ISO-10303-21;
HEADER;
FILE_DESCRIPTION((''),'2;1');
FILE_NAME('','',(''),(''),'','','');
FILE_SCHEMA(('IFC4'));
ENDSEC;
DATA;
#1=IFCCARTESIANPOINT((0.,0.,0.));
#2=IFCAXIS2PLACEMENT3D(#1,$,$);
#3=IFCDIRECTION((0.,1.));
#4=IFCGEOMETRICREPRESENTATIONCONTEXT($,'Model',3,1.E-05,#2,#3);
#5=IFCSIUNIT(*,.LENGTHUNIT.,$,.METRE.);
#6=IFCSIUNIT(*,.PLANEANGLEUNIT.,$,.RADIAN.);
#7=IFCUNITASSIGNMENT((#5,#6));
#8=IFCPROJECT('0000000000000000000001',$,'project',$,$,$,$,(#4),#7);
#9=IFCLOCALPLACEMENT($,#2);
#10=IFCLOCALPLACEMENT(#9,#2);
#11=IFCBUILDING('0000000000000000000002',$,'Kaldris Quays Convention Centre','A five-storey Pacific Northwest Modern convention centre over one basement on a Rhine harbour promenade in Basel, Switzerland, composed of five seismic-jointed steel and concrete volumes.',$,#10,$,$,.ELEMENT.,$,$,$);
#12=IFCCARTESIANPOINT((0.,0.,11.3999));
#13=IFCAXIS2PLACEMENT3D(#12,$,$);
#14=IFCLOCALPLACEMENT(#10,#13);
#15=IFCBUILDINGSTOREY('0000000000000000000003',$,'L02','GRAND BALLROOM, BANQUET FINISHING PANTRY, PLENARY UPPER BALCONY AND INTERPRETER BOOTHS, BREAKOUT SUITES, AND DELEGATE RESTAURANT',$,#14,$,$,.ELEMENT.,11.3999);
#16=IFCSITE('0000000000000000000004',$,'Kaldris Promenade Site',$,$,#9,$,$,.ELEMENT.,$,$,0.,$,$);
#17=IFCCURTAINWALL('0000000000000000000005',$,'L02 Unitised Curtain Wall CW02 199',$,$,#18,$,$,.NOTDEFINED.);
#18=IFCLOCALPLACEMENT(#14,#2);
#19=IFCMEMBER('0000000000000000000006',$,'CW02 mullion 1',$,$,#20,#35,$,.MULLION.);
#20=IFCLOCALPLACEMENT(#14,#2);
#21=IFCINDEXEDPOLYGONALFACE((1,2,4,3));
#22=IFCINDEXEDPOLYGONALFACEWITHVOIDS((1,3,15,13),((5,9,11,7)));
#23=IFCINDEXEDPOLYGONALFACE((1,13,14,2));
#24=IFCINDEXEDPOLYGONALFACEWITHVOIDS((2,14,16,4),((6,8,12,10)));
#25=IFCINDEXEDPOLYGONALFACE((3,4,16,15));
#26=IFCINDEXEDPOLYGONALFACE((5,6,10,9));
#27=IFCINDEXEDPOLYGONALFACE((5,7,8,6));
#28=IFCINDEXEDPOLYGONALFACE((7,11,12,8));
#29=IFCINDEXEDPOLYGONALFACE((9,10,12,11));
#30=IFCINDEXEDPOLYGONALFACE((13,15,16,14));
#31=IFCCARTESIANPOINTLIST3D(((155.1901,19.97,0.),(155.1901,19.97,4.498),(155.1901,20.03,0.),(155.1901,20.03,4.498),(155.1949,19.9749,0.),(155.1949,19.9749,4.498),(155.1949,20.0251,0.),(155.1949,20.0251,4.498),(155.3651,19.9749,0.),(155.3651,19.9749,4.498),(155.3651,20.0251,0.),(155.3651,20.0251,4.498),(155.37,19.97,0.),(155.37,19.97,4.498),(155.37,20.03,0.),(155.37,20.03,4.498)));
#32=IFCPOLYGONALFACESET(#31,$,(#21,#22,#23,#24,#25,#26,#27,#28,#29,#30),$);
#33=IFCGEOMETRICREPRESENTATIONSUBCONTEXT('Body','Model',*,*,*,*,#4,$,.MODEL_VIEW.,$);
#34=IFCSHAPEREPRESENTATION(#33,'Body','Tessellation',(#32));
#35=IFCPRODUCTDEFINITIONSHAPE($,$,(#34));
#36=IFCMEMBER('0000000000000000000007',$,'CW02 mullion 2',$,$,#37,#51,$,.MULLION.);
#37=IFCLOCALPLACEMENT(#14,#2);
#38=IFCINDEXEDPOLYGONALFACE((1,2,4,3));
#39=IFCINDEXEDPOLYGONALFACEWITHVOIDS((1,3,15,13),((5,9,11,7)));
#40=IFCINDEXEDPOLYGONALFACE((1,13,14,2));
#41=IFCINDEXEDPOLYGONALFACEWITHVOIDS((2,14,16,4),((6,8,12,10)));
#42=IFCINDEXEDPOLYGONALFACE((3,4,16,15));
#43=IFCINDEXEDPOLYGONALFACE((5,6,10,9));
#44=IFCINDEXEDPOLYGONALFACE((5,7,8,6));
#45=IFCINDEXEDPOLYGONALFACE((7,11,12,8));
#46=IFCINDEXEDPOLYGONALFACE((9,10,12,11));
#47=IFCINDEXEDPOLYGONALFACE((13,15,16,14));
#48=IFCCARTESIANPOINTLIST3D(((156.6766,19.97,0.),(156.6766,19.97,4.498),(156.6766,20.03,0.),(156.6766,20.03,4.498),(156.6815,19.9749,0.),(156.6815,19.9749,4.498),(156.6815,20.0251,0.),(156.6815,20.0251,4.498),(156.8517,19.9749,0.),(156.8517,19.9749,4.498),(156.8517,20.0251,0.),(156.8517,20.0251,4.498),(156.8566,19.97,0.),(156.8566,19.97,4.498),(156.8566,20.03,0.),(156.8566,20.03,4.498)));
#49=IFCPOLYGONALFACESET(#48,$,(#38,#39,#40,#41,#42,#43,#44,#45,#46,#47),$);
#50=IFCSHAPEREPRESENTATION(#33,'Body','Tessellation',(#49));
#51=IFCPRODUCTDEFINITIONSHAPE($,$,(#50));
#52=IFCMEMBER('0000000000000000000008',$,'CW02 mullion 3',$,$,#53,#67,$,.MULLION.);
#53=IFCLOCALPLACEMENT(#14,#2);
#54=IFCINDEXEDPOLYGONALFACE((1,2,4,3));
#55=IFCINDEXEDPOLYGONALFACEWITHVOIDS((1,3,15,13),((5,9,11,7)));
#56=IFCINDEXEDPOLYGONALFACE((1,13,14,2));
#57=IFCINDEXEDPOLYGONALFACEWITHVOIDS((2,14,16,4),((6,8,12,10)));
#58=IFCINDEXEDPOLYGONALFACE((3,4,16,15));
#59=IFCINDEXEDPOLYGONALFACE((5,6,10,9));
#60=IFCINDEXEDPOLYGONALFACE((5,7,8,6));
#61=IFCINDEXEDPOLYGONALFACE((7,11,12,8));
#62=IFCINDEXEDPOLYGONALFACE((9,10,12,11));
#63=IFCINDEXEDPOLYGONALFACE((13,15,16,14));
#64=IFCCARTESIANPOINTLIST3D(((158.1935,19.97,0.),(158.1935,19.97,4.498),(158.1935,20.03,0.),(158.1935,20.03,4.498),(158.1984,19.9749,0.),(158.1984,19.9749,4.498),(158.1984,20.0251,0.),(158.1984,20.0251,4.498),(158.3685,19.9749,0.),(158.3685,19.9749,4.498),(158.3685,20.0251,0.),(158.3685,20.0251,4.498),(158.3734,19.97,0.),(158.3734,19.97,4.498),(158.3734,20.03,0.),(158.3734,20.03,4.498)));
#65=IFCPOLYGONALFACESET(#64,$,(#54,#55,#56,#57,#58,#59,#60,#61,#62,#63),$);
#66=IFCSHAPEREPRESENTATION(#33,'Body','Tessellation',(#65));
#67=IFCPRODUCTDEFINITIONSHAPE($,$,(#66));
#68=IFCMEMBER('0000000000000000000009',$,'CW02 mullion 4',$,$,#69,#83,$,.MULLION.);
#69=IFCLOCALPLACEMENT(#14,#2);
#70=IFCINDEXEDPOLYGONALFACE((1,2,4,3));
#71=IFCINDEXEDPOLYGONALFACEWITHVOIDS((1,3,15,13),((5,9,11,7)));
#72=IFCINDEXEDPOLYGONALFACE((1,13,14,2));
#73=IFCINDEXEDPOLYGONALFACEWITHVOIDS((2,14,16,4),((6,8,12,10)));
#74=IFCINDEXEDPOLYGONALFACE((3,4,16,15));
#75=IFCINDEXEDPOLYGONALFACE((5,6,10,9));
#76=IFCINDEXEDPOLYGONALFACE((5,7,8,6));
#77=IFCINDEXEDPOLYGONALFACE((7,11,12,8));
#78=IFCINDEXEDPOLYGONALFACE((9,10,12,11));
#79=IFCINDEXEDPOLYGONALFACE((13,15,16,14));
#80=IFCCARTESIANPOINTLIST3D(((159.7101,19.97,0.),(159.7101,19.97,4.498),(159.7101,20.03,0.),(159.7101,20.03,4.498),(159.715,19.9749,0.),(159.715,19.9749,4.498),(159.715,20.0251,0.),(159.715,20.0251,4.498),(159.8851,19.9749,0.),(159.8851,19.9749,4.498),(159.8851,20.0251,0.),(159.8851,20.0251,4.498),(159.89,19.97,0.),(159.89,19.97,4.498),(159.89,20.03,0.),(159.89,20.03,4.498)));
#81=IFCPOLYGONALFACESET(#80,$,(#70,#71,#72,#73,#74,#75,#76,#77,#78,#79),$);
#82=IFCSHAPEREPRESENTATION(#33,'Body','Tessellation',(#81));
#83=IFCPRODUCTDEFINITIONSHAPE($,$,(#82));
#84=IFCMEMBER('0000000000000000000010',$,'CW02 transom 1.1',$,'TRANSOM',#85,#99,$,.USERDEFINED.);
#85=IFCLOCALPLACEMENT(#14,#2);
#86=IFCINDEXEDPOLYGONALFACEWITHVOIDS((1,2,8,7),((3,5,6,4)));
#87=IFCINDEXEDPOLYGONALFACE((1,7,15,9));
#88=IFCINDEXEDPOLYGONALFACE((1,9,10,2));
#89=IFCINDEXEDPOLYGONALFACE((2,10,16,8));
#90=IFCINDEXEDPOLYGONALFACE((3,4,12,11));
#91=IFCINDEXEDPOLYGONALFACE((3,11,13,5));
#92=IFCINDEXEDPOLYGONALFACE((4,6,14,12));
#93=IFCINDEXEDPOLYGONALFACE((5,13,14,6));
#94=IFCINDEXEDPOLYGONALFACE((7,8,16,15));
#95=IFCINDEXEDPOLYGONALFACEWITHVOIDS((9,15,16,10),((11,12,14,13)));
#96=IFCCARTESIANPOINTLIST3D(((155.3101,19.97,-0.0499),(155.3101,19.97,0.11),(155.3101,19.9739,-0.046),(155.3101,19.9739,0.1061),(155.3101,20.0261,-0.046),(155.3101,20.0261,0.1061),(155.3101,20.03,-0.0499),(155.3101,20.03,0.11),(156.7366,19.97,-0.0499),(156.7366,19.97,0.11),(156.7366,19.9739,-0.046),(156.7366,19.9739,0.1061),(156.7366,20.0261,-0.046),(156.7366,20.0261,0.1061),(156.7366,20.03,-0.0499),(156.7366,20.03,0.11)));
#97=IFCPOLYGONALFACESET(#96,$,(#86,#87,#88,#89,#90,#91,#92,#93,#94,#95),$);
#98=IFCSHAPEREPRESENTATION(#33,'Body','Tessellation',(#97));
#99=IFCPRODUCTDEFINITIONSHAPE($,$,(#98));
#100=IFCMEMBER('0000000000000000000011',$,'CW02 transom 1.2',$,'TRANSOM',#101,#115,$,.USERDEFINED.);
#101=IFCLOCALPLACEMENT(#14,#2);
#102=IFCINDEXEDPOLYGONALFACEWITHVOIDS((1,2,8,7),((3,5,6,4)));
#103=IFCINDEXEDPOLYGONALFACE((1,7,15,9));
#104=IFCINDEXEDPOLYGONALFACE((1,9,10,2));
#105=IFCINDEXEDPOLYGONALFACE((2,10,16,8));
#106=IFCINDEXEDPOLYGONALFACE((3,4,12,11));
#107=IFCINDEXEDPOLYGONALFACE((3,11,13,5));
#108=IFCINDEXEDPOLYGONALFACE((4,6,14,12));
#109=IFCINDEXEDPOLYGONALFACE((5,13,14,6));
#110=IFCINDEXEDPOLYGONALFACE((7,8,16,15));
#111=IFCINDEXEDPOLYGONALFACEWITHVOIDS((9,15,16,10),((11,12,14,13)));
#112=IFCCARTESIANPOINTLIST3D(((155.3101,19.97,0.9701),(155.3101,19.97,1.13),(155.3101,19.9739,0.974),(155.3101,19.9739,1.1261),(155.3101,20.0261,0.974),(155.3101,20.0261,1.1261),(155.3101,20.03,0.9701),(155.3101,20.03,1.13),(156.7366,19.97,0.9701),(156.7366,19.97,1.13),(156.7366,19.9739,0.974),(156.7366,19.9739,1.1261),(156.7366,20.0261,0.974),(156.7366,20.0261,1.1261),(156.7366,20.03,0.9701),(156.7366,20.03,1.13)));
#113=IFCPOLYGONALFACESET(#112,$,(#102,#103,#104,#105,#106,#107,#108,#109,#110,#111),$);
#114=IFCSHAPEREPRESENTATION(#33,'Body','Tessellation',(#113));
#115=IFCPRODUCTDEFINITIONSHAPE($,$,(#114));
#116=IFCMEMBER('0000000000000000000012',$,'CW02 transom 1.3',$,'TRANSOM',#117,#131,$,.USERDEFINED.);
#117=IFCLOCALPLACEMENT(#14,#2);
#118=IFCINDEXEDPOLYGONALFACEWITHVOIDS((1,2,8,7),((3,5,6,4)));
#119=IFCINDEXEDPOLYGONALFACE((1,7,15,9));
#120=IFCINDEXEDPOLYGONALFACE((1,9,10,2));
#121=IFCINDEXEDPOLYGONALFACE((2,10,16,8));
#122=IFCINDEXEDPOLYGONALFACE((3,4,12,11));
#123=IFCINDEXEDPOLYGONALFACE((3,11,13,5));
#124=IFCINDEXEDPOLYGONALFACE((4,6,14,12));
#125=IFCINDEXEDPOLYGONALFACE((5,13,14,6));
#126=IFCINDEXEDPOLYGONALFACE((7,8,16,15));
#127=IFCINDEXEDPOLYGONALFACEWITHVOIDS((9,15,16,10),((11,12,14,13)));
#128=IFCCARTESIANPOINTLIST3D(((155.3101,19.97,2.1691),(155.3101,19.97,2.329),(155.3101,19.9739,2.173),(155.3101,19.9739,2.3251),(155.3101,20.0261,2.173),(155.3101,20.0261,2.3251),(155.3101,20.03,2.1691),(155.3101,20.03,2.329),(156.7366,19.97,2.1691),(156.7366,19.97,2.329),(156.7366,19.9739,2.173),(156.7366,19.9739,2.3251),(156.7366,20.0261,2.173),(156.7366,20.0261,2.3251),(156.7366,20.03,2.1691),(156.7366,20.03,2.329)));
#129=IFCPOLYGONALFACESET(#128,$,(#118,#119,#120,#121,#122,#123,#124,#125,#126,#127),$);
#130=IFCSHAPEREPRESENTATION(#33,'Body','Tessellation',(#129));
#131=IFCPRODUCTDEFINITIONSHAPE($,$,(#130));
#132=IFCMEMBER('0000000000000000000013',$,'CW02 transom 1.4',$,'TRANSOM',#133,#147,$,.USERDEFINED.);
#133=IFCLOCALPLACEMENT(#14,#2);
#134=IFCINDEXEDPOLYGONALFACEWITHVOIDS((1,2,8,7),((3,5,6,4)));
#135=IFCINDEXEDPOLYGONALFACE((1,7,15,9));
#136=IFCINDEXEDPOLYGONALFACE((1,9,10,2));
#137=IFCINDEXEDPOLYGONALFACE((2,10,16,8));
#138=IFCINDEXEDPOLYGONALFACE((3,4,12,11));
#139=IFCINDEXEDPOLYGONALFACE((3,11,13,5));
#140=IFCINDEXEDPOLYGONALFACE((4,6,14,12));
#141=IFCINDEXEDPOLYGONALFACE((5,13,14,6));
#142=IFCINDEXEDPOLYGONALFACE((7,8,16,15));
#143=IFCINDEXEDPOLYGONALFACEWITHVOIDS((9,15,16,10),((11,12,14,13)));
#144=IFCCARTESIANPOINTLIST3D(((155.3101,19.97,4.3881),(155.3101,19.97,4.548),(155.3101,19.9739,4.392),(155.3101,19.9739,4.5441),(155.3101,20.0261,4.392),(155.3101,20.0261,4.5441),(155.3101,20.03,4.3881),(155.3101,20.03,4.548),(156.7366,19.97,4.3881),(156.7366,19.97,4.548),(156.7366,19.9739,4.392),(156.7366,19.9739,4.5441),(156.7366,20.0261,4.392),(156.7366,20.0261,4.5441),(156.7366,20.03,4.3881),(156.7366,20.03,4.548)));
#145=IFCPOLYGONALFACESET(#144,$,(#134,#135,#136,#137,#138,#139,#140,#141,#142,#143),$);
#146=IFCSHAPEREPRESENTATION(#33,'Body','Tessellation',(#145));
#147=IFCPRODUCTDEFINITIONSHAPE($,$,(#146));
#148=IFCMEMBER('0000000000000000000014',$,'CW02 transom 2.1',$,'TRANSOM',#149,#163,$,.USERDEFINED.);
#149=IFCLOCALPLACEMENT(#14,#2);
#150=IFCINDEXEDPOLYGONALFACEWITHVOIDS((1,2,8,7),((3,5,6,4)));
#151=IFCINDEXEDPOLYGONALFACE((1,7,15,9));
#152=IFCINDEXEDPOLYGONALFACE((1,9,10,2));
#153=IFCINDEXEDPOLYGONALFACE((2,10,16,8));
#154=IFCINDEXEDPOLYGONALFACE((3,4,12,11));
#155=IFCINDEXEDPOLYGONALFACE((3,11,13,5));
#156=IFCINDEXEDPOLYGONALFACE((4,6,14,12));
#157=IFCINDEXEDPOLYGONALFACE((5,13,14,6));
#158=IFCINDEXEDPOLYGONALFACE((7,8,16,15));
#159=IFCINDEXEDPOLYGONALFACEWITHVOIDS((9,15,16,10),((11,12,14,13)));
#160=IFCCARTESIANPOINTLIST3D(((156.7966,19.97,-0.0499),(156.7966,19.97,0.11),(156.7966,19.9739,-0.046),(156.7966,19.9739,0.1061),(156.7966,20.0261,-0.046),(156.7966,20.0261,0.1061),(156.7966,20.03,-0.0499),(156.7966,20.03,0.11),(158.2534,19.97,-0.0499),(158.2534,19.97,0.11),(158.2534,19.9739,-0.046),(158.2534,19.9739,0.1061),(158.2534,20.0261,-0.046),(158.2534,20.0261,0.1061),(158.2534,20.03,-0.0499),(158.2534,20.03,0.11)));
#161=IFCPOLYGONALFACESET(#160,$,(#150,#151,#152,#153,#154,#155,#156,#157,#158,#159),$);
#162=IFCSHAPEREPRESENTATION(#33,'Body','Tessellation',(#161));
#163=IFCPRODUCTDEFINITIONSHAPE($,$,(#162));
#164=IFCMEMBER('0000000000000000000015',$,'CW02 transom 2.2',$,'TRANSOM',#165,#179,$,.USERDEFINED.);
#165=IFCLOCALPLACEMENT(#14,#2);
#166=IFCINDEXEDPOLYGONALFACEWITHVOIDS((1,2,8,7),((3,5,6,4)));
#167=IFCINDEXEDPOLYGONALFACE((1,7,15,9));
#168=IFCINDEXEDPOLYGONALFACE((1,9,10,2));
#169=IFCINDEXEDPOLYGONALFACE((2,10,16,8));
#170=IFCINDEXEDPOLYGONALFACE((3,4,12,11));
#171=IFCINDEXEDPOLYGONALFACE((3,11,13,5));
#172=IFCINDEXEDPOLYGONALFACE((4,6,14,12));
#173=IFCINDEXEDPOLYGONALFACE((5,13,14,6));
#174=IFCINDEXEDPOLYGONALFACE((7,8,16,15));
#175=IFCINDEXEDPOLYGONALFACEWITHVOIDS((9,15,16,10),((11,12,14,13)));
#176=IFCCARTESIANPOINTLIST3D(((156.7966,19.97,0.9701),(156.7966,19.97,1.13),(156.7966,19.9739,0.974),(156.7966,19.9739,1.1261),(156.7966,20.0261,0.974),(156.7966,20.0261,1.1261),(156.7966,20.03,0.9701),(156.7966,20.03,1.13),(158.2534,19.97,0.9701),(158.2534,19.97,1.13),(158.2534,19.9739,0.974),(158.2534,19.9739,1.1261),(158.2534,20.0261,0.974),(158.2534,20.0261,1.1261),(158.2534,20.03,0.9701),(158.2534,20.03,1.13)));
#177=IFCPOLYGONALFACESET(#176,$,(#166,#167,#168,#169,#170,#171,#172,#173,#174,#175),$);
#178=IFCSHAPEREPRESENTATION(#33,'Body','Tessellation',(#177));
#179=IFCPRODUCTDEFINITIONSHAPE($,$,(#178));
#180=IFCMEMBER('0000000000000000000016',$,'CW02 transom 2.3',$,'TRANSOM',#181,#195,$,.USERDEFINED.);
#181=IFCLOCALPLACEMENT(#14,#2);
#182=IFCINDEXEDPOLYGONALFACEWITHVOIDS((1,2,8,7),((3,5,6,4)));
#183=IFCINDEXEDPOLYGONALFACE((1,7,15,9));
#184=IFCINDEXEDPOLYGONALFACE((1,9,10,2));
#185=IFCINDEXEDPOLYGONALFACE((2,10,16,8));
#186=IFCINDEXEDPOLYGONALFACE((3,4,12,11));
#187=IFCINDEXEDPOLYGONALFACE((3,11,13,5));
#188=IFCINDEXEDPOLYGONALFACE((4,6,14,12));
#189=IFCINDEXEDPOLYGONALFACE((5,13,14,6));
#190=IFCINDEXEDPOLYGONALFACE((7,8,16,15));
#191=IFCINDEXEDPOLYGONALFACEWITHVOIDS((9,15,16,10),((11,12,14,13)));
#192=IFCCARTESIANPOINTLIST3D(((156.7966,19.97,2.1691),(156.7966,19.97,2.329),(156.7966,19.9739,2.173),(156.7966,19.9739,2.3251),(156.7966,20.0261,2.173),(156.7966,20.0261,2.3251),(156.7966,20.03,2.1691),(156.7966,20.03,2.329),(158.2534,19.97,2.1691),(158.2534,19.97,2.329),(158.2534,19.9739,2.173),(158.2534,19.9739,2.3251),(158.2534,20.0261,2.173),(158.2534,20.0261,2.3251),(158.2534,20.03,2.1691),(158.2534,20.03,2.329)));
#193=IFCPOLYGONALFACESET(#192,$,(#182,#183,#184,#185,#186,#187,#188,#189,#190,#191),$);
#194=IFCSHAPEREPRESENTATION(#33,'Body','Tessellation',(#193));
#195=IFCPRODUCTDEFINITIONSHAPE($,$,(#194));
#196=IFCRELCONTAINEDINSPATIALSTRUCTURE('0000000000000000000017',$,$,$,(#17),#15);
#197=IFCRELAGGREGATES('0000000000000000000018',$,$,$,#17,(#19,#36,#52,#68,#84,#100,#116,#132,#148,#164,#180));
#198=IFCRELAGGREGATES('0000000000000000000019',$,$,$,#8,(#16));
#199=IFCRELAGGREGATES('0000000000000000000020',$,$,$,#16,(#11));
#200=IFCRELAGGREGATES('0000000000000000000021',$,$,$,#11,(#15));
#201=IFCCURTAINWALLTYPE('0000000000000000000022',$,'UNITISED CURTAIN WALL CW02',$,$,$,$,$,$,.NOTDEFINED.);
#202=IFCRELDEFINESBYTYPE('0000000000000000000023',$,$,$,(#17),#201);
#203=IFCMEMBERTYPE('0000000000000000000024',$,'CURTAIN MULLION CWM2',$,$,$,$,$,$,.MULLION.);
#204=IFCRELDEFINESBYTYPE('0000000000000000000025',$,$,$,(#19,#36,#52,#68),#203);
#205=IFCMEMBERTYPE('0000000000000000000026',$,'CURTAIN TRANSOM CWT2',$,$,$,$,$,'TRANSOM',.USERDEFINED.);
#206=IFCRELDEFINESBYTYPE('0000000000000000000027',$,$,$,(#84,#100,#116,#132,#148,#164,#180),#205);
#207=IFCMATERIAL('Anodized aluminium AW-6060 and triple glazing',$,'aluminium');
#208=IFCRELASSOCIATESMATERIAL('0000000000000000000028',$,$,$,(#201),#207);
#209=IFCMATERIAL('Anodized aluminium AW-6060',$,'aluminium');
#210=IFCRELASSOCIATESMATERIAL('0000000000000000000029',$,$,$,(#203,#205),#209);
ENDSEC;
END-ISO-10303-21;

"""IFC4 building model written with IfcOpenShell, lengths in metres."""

from ifc_helpers import new_model, si_unit, direction, frame, origin, origin_2d, place, context, subcontext, project, spatial, hollow_rectangle, extrude, material, material_profile, profile_set, type_object, element, aggregate, save


model = new_model("IFC4")

# Units and contexts
model_context = context("Model", 3, precision=1e-05, world=origin(), true_north=direction((0.0, 1.0)))
body_context = subcontext(model_context, "Body", "Model", "MODEL_VIEW")
ifc_project = project(units=[si_unit("LENGTHUNIT", "METRE"), si_unit("PLANEANGLEUNIT", "RADIAN")], contexts=[model_context])

# Site, building, storey
site_placement = place(None, origin())
site = spatial("IfcSite", under=ifc_project, at=site_placement, Name="Kaldris Promenade Site", CompositionType="ELEMENT", RefElevation=0.0)
building_placement = place(site_placement, origin())
building = spatial("IfcBuilding", under=site, at=building_placement, Name="Kaldris Quays Convention Centre", Description="A five-storey Pacific Northwest Modern convention centre over one basement on a Rhine harbour promenade in Basel, Switzerland, composed of five seismic-jointed steel and concrete volumes.", CompositionType="ELEMENT")
storey_placement = place(building_placement, frame((0.0, 0.0, 11.3999)))
storey = spatial("IfcBuildingStorey", under=building, at=storey_placement, Name="L02", Description="GRAND BALLROOM, BANQUET FINISHING PANTRY, PLENARY UPPER BALCONY AND INTERPRETER BOOTHS, BREAKOUT SUITES, AND DELEGATE RESTAURANT", CompositionType="ELEMENT", Elevation=11.3999)

# Curtain wall, members
ifc_material_1 = material(Name="Anodized aluminium AW-6060 and triple glazing", Category="aluminium")
curtain_wall_type = type_object("IfcCurtainWallType", Name="UNITISED CURTAIN WALL CW02", PredefinedType="NOTDEFINED", material=ifc_material_1)
curtain_wall_placement = place(storey_placement, origin())
curtain_wall = element("IfcCurtainWall", 1, at=curtain_wall_placement, inside=storey, type_object=curtain_wall_type, Name="L02 Unitised Curtain Wall CW02 199", PredefinedType="NOTDEFINED")
ifc_material_2 = material(Name="Anodized aluminium AW-6060", Category="aluminium")
ifc_material_profile_1 = material_profile(ifc_material_2, hollow_rectangle(XDim=0.0601, YDim=0.1799, WallThickness=0.0049, at=origin_2d()), Name="RHS 180x60x5")
ifc_profile_set_1 = profile_set([ifc_material_profile_1], Name="Anodized aluminium AW-6060")
member_type_1 = type_object("IfcMemberType", Name="CURTAIN MULLION CWM2", PredefinedType="MULLION", material=ifc_profile_set_1)
member_1_placement = place(storey_placement, frame((155.28, 20.0, 0.0), z_axis=(0.0, 0.0, 1.0), x_axis=(0.0, 1.0, 0.0)))
member_1 = element("IfcMember", 2, at=member_1_placement, type_object=member_type_1, Name="CW02 mullion 1", PredefinedType="MULLION", context=body_context, shape_type="SweptSolid", body=[
    extrude(hollow_rectangle(XDim=0.0601, YDim=0.1799, WallThickness=0.0049, at=origin_2d()), origin(), (0.0, 0.0, 1.0), 4.498),
])
member_2_placement = place(storey_placement, frame((156.7666, 20.0, 0.0), z_axis=(0.0, 0.0, 1.0), x_axis=(0.0, 1.0, 0.0)))
member_2 = element("IfcMember", 3, at=member_2_placement, type_object=member_type_1, Name="CW02 mullion 2", PredefinedType="MULLION", context=body_context, shape_type="SweptSolid", body=[
    extrude(hollow_rectangle(XDim=0.0601, YDim=0.1799, WallThickness=0.0049, at=origin_2d()), origin(), (0.0, 0.0, 1.0), 4.498),
])
member_3_placement = place(storey_placement, frame((158.2834, 20.0, 0.0), z_axis=(0.0, 0.0, 1.0), x_axis=(0.0, 1.0, 0.0)))
member_3 = element("IfcMember", 4, at=member_3_placement, type_object=member_type_1, Name="CW02 mullion 3", PredefinedType="MULLION", context=body_context, shape_type="SweptSolid", body=[
    extrude(hollow_rectangle(XDim=0.0601, YDim=0.1799, WallThickness=0.0049, at=origin_2d()), origin(), (0.0, 0.0, 1.0), 4.498),
])
member_4_placement = place(storey_placement, frame((159.8, 20.0, 0.0), z_axis=(0.0, 0.0, 1.0), x_axis=(0.0, 1.0, 0.0)))
member_4 = element("IfcMember", 5, at=member_4_placement, type_object=member_type_1, Name="CW02 mullion 4", PredefinedType="MULLION", context=body_context, shape_type="SweptSolid", body=[
    extrude(hollow_rectangle(XDim=0.0601, YDim=0.1799, WallThickness=0.0049, at=origin_2d()), origin(), (0.0, 0.0, 1.0), 4.498),
])
ifc_material_profile_2 = material_profile(ifc_material_2, hollow_rectangle(XDim=0.0601, YDim=0.1599, WallThickness=0.0039, at=origin_2d()), Name="RHS 160x60x4")
ifc_profile_set_2 = profile_set([ifc_material_profile_2], Name="Anodized aluminium AW-6060")
member_type_2 = type_object("IfcMemberType", Name="CURTAIN TRANSOM CWT2", ElementType="TRANSOM", PredefinedType="USERDEFINED", material=ifc_profile_set_2)
member_5_placement = place(storey_placement, frame((155.3101, 20.0, 0.03), z_axis=(1.0, 0.0, 0.0), x_axis=(0.0, 1.0, 0.0)))
member_5 = element("IfcMember", 6, at=member_5_placement, type_object=member_type_2, Name="CW02 transom 1.1", ObjectType="TRANSOM", PredefinedType="USERDEFINED", context=body_context, shape_type="SweptSolid", body=[
    extrude(hollow_rectangle(XDim=0.0601, YDim=0.1599, WallThickness=0.0039, at=origin_2d()), origin(), (0.0, 0.0, 1.0), 1.4265),
])
member_6_placement = place(storey_placement, frame((155.3101, 20.0, 1.05), z_axis=(1.0, 0.0, 0.0), x_axis=(0.0, 1.0, 0.0)))
member_6 = element("IfcMember", 7, at=member_6_placement, type_object=member_type_2, Name="CW02 transom 1.2", ObjectType="TRANSOM", PredefinedType="USERDEFINED", context=body_context, shape_type="SweptSolid", body=[
    extrude(hollow_rectangle(XDim=0.0601, YDim=0.1599, WallThickness=0.0039, at=origin_2d()), origin(), (0.0, 0.0, 1.0), 1.4265),
])
member_7_placement = place(storey_placement, frame((155.3101, 20.0, 2.249), z_axis=(1.0, 0.0, 0.0), x_axis=(0.0, 1.0, 0.0)))
member_7 = element("IfcMember", 8, at=member_7_placement, type_object=member_type_2, Name="CW02 transom 1.3", ObjectType="TRANSOM", PredefinedType="USERDEFINED", context=body_context, shape_type="SweptSolid", body=[
    extrude(hollow_rectangle(XDim=0.0601, YDim=0.1599, WallThickness=0.0039, at=origin_2d()), origin(), (0.0, 0.0, 1.0), 1.4265),
])
member_8_placement = place(storey_placement, frame((155.3101, 20.0, 4.468), z_axis=(1.0, 0.0, 0.0), x_axis=(0.0, 1.0, 0.0)))
member_8 = element("IfcMember", 9, at=member_8_placement, type_object=member_type_2, Name="CW02 transom 1.4", ObjectType="TRANSOM", PredefinedType="USERDEFINED", context=body_context, shape_type="SweptSolid", body=[
    extrude(hollow_rectangle(XDim=0.0601, YDim=0.1599, WallThickness=0.0039, at=origin_2d()), origin(), (0.0, 0.0, 1.0), 1.4265),
])
member_9_placement = place(storey_placement, frame((156.7966, 20.0, 0.03), z_axis=(1.0, 0.0, 0.0), x_axis=(0.0, 1.0, 0.0)))
member_9 = element("IfcMember", 10, at=member_9_placement, type_object=member_type_2, Name="CW02 transom 2.1", ObjectType="TRANSOM", PredefinedType="USERDEFINED", context=body_context, shape_type="SweptSolid", body=[
    extrude(hollow_rectangle(XDim=0.0601, YDim=0.1599, WallThickness=0.0039, at=origin_2d()), origin(), (0.0, 0.0, 1.0), 1.4568),
])
member_10_placement = place(storey_placement, frame((156.7966, 20.0, 1.05), z_axis=(1.0, 0.0, 0.0), x_axis=(0.0, 1.0, 0.0)))
member_10 = element("IfcMember", 11, at=member_10_placement, type_object=member_type_2, Name="CW02 transom 2.2", ObjectType="TRANSOM", PredefinedType="USERDEFINED", context=body_context, shape_type="SweptSolid", body=[
    extrude(hollow_rectangle(XDim=0.0601, YDim=0.1599, WallThickness=0.0039, at=origin_2d()), origin(), (0.0, 0.0, 1.0), 1.4568),
])
member_11_placement = place(storey_placement, frame((156.7966, 20.0, 2.249), z_axis=(1.0, 0.0, 0.0), x_axis=(0.0, 1.0, 0.0)))
member_11 = element("IfcMember", 12, at=member_11_placement, type_object=member_type_2, Name="CW02 transom 2.3", ObjectType="TRANSOM", PredefinedType="USERDEFINED", context=body_context, shape_type="SweptSolid", body=[
    extrude(hollow_rectangle(XDim=0.0601, YDim=0.1599, WallThickness=0.0039, at=origin_2d()), origin(), (0.0, 0.0, 1.0), 1.4568),
])

aggregate(curtain_wall, [member_1, member_2, member_3, member_4, member_5, member_6, member_7, member_8, member_9, member_10, member_11])

save(model, "model.ifc")
